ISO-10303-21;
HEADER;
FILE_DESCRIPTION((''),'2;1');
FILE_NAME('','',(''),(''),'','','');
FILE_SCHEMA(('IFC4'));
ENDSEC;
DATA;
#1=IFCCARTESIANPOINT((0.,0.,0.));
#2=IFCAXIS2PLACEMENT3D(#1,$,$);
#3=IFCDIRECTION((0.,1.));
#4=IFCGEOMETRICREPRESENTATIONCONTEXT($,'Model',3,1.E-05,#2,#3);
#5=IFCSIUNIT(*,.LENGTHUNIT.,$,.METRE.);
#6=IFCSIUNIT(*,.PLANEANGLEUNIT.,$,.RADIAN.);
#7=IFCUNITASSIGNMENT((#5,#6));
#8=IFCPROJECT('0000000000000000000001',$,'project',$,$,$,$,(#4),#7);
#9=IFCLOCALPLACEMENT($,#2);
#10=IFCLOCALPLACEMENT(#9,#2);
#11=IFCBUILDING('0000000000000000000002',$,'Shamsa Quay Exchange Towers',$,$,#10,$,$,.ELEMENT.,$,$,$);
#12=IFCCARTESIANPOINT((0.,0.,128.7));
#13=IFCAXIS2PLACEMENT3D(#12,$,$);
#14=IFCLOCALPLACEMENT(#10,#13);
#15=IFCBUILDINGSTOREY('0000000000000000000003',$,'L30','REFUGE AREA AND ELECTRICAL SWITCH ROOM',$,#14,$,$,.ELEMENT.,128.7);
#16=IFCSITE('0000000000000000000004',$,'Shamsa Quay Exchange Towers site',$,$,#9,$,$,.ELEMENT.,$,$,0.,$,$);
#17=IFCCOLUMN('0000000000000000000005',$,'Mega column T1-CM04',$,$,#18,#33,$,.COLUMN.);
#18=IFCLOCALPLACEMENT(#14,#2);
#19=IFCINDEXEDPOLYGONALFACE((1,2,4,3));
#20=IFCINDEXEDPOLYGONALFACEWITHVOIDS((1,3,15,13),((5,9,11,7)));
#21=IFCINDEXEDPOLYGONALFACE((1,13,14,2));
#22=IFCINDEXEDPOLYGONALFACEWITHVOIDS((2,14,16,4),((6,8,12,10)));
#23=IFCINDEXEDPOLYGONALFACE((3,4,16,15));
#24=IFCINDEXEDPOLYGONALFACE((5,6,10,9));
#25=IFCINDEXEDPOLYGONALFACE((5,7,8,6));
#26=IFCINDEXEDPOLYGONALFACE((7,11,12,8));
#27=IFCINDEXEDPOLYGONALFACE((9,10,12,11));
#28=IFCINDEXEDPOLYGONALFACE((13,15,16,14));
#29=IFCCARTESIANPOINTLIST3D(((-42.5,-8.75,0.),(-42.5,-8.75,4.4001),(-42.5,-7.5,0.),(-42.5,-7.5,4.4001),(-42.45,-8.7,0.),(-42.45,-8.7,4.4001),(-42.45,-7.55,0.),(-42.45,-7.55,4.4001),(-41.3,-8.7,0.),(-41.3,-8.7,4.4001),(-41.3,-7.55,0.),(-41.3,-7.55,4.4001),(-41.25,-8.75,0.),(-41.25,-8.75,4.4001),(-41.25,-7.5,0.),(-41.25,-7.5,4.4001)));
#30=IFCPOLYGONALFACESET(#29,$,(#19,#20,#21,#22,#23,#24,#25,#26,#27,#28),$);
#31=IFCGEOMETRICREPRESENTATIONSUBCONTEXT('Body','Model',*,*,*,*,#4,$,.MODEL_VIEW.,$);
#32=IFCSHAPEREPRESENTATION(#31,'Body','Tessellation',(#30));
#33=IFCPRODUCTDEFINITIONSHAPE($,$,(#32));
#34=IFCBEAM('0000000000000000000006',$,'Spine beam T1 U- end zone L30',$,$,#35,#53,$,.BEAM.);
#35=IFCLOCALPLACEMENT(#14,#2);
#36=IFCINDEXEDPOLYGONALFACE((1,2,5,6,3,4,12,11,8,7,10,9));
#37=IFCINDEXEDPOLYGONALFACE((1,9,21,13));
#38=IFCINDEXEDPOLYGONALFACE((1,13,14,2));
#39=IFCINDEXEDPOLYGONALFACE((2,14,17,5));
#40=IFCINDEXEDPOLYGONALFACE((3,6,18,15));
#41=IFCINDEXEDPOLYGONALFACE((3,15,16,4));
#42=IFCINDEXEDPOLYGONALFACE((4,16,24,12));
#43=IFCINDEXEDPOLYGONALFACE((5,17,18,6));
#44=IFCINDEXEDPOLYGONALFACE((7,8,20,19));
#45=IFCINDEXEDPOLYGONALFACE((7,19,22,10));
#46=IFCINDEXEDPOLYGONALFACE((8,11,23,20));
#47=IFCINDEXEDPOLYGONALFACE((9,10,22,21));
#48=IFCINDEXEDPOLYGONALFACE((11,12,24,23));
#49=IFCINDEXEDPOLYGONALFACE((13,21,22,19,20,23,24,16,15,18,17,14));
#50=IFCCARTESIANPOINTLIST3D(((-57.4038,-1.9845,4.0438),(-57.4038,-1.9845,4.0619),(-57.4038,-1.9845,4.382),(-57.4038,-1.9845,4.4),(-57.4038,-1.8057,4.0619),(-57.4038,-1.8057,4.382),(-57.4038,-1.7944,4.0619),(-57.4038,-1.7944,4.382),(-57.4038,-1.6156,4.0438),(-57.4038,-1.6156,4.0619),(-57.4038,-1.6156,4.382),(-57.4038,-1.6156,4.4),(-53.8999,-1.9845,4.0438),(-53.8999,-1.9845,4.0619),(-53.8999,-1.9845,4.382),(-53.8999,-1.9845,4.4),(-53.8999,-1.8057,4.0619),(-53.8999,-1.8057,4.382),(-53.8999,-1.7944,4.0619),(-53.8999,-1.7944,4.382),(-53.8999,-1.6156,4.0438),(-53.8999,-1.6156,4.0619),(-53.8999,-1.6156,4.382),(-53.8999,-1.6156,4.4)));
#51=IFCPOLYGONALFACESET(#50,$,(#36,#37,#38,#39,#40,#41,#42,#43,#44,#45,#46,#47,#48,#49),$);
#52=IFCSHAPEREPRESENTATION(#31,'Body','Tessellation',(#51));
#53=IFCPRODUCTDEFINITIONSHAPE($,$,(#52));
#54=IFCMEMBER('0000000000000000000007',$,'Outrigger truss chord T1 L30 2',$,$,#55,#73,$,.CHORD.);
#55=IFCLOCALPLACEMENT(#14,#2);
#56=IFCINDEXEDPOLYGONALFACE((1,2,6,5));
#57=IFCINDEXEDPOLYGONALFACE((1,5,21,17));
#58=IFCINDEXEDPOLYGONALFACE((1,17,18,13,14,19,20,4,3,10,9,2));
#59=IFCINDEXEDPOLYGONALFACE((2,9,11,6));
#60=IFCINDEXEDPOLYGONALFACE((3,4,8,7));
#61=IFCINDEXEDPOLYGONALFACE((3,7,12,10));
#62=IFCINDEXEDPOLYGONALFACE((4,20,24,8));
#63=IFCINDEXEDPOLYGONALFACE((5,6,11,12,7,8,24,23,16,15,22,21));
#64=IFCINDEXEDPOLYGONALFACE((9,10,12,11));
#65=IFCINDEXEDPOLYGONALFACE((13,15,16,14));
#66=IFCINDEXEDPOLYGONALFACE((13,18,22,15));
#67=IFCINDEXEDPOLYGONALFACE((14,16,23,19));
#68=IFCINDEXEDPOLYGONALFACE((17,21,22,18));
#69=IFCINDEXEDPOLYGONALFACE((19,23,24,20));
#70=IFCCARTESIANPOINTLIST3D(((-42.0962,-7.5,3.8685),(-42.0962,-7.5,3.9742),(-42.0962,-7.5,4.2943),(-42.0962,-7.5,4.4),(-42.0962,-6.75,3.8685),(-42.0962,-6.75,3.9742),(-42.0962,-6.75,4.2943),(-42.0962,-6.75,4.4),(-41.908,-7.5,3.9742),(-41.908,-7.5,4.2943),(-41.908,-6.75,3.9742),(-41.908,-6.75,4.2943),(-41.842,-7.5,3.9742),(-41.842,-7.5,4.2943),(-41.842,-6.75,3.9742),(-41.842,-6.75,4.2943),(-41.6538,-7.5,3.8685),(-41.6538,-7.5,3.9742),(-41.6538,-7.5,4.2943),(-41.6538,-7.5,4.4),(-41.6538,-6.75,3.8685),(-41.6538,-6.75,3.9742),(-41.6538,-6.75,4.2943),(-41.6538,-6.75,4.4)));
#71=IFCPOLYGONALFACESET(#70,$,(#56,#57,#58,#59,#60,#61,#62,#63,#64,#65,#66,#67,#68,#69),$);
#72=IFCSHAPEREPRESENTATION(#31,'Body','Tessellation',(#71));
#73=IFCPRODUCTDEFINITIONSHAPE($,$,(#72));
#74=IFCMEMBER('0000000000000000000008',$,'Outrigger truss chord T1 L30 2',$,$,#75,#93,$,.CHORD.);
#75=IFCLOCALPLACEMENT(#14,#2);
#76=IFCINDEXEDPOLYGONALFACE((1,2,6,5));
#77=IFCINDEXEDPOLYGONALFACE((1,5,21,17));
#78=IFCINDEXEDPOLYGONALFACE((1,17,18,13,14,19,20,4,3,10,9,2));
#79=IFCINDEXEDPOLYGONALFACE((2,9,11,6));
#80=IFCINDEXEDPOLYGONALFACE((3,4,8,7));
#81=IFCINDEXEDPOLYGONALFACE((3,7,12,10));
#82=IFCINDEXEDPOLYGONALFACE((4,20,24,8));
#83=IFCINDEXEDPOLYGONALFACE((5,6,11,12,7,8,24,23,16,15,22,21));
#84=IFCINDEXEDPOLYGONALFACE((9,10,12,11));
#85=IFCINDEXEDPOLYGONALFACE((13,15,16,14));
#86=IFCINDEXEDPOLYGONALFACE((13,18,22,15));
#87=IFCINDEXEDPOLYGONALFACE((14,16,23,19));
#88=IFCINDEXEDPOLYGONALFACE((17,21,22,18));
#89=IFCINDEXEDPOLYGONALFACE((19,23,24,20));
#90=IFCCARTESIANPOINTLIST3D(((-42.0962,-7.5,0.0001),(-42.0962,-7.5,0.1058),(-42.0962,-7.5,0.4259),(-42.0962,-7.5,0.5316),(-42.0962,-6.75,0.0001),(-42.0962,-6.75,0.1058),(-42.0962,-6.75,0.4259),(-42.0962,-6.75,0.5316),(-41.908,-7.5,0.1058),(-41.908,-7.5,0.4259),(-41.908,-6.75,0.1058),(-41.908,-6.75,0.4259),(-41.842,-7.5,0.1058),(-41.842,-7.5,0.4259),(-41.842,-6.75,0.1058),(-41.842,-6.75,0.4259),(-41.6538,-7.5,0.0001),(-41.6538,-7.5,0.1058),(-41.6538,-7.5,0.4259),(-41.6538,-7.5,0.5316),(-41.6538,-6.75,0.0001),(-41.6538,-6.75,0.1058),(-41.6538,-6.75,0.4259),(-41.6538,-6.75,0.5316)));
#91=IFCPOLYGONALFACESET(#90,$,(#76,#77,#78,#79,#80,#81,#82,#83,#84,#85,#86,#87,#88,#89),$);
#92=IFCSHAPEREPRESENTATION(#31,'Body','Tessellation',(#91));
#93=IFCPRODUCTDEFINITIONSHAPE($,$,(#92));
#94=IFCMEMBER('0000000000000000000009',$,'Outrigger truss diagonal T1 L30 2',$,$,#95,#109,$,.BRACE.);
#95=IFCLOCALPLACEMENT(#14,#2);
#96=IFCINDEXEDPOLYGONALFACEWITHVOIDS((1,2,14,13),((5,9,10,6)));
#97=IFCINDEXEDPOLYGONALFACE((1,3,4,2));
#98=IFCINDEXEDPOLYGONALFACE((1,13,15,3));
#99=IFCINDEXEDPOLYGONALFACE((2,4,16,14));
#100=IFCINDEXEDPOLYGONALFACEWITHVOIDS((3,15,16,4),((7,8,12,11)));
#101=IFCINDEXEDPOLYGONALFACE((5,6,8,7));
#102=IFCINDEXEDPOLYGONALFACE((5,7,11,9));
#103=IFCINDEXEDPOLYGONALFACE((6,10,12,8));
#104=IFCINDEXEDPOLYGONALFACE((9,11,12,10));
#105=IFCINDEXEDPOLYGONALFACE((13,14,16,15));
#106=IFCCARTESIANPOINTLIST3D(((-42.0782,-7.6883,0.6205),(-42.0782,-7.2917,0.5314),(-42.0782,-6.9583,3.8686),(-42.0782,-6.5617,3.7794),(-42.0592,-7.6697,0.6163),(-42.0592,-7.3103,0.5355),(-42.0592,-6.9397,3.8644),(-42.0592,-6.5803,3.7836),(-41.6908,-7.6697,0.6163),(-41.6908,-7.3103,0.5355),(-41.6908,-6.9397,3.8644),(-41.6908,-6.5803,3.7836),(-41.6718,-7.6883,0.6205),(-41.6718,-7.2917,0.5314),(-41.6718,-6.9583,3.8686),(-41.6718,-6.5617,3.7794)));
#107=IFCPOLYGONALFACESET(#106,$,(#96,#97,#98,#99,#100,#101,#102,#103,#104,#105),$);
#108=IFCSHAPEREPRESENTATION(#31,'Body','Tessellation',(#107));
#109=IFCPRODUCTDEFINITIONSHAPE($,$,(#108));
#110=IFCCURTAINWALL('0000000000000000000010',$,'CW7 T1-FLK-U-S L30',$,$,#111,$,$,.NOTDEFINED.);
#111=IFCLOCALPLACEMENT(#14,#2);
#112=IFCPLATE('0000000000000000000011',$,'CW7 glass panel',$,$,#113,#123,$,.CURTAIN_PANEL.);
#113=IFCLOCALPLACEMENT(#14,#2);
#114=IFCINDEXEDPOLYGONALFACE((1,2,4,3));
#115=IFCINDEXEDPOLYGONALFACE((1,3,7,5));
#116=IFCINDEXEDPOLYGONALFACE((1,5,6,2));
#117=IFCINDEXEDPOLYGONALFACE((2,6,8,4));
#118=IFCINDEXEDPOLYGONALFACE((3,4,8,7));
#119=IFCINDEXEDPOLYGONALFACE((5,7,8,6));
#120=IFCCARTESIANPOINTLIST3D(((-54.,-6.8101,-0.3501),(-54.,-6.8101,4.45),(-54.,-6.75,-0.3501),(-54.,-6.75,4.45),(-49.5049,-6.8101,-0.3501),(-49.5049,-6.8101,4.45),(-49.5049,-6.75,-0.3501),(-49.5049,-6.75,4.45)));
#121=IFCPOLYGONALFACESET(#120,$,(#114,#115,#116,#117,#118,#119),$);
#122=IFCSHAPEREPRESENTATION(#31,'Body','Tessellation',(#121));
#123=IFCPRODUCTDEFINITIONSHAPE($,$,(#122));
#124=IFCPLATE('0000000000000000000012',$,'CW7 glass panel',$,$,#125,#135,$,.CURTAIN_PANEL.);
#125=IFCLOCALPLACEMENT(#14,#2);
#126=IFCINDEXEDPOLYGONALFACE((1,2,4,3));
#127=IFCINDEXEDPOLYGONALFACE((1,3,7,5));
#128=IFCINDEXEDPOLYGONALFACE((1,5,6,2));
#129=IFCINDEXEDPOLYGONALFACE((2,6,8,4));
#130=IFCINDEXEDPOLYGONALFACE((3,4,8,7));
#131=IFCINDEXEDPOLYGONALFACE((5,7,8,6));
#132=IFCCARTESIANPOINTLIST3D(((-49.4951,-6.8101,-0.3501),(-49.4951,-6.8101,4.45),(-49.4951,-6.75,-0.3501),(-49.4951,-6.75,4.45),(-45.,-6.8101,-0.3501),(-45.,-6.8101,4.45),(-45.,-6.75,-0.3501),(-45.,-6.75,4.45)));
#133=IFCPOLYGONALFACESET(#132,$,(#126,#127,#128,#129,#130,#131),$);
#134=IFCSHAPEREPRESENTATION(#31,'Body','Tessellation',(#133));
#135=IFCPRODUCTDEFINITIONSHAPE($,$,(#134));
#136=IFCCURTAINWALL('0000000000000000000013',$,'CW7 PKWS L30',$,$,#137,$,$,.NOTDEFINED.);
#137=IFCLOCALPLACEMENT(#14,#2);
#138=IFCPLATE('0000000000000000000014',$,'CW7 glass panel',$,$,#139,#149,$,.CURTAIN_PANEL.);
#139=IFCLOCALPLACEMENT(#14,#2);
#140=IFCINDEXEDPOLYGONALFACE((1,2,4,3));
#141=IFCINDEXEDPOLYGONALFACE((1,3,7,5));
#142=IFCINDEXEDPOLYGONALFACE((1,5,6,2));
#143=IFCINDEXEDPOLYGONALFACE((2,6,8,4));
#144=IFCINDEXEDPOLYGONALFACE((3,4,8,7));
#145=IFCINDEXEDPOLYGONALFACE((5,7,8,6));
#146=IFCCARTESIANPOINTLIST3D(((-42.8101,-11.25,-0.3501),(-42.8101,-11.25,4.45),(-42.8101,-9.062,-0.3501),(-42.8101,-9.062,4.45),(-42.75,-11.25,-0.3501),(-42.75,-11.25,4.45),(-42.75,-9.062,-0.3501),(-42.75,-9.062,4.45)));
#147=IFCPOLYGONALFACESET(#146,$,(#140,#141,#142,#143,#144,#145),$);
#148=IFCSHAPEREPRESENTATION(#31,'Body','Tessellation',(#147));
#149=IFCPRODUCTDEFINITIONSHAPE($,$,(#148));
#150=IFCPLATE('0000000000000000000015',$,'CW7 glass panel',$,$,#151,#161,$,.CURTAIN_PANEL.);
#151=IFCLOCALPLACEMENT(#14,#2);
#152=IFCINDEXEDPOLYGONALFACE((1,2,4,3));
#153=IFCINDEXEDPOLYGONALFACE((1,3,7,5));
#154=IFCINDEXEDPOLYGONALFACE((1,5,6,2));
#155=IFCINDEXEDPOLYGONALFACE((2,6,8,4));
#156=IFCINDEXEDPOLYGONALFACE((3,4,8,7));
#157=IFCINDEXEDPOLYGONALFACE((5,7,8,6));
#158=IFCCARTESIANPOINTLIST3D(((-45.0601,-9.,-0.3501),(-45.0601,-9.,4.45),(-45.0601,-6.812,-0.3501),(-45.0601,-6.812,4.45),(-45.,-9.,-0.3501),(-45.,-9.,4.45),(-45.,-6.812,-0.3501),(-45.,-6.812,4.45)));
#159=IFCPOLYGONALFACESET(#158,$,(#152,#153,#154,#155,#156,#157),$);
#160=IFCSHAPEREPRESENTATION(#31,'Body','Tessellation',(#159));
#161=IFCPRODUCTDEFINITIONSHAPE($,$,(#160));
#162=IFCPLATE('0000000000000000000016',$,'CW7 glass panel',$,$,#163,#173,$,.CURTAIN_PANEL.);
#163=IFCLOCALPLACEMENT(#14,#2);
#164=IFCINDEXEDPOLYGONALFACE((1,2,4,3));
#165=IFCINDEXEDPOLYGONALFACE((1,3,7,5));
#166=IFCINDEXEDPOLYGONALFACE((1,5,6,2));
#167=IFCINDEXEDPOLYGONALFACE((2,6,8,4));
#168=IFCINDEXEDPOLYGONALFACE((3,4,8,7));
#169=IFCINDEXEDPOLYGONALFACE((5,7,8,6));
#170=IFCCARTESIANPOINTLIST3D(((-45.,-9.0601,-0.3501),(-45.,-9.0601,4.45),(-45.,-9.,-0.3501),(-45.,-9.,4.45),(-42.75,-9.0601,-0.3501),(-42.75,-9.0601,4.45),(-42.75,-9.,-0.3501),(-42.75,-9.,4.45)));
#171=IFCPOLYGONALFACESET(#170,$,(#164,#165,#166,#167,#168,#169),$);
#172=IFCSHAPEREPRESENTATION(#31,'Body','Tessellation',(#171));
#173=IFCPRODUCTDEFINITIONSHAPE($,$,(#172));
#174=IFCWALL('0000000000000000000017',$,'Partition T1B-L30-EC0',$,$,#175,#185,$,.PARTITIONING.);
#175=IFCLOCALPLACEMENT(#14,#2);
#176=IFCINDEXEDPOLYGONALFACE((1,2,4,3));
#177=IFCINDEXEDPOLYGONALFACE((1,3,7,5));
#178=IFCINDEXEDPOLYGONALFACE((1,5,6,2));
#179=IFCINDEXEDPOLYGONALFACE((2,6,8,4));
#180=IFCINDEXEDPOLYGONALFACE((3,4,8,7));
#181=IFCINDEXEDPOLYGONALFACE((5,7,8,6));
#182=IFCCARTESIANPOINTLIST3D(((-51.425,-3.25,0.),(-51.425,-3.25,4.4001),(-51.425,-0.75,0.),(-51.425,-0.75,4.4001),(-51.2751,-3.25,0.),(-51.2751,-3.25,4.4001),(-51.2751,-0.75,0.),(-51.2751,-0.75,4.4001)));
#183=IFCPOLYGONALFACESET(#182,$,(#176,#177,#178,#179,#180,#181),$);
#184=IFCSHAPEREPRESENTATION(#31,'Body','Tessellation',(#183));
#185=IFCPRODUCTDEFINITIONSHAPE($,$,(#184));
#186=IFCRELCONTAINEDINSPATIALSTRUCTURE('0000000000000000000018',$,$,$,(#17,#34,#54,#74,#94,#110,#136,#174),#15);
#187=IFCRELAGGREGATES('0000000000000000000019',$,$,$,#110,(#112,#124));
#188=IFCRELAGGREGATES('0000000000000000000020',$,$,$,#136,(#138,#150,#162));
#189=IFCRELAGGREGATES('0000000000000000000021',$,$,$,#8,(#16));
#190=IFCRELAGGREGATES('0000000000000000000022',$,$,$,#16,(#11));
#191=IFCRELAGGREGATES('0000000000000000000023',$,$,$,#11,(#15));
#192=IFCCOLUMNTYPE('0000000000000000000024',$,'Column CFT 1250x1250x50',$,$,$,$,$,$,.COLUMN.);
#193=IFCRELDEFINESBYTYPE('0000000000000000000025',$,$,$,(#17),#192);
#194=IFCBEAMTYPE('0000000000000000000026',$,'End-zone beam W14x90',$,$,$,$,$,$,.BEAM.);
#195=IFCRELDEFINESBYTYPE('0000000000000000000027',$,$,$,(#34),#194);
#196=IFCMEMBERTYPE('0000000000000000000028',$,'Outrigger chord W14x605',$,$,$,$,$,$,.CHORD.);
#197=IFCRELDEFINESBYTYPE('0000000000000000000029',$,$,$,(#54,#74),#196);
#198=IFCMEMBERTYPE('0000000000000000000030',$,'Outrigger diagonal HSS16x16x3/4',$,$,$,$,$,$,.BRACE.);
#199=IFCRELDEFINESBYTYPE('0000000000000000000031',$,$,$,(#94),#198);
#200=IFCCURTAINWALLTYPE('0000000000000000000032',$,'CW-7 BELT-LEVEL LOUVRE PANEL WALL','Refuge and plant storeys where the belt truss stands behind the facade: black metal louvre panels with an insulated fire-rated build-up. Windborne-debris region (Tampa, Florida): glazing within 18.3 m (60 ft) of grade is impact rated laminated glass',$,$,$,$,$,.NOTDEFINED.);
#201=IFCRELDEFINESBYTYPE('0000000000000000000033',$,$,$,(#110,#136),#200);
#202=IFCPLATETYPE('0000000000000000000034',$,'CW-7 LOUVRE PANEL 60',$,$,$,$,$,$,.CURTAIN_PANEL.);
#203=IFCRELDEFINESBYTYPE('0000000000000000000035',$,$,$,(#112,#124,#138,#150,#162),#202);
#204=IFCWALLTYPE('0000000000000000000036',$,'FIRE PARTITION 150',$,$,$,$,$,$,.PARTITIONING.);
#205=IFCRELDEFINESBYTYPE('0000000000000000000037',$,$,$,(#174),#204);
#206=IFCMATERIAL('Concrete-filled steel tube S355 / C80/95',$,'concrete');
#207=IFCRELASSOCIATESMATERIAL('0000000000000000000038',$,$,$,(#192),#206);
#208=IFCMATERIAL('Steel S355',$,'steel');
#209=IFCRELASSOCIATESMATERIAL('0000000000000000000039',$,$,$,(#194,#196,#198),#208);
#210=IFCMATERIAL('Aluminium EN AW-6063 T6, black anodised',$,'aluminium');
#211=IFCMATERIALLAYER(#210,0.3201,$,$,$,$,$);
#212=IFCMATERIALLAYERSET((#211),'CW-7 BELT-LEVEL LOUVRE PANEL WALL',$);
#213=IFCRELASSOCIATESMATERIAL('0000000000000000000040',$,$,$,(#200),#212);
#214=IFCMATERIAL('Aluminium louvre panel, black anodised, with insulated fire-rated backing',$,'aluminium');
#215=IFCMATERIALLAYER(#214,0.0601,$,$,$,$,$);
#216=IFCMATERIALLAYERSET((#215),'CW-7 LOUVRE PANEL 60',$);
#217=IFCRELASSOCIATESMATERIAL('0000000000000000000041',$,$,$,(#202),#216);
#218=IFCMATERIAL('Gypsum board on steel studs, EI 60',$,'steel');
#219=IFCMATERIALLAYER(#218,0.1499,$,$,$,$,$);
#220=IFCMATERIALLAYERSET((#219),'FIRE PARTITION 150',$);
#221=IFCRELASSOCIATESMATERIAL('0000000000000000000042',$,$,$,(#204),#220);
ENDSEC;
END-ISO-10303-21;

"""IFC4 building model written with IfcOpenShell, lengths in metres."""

from ifc_helpers import new_model, si_unit, direction, frame, frame_2d, origin, origin_2d, place, context, subcontext, project, spatial, rectangle, hollow_rectangle, i_section, extrude, material, layer, layer_set, material_profile, profile_set, type_object, element, aggregate, save


model = new_model("IFC4")

# Units and contexts
model_context = context("Model", 3, precision=1e-05, world=origin(), true_north=direction((0.0, 1.0)))
body_context = subcontext(model_context, "Body", "Model", "MODEL_VIEW")
ifc_project = project(units=[si_unit("LENGTHUNIT", "METRE"), si_unit("PLANEANGLEUNIT", "RADIAN")], contexts=[model_context])

# Site, building, storey
site_placement = place(None, origin())
site = spatial("IfcSite", under=ifc_project, at=site_placement, Name="Shamsa Quay Exchange Towers site", CompositionType="ELEMENT", RefElevation=0.0)
building_placement = place(site_placement, origin())
building = spatial("IfcBuilding", under=site, at=building_placement, Name="Shamsa Quay Exchange Towers", CompositionType="ELEMENT")
storey_placement = place(building_placement, frame((0.0, 0.0, 128.7)))
storey = spatial("IfcBuildingStorey", under=building, at=storey_placement, Name="L30", Description="REFUGE AREA AND ELECTRICAL SWITCH ROOM", CompositionType="ELEMENT", Elevation=128.7)

# Column
ifc_material_1 = material(Name="Concrete-filled steel tube S355 / C80/95", Category="concrete")
ifc_material_profile_1 = material_profile(ifc_material_1, hollow_rectangle(XDim=1.25, YDim=1.25, WallThickness=0.05, at=origin_2d()), Name="CFT 1250x1250x50")
ifc_profile_set_1 = profile_set([ifc_material_profile_1], Name="Concrete-filled steel tube S355 / C80/95")
column_type = type_object("IfcColumnType", Name="Column CFT 1250x1250x50", PredefinedType="COLUMN", material=ifc_profile_set_1)
column_placement = place(storey_placement, frame((-41.875, -8.125, 0.0)))
element("IfcColumn", 1, at=column_placement, inside=storey, type_object=column_type, Name="Mega column T1-CM04", PredefinedType="COLUMN", context=body_context, shape_type="SweptSolid", body=[
    extrude(hollow_rectangle(XDim=1.25, YDim=1.25, WallThickness=0.05, at=origin_2d()), origin(), (0.0, 0.0, 1.0), 4.4001),
])

# Beam
ifc_material_2 = material(Name="Steel S355", Category="steel")
ifc_material_profile_2 = material_profile(ifc_material_2, i_section(OverallWidth=0.3689, OverallDepth=0.3562, WebThickness=0.0112, FlangeThickness=0.0181, at=origin_2d()), Name="W14x90")
ifc_profile_set_2 = profile_set([ifc_material_profile_2], Name="Steel S355")
beam_type = type_object("IfcBeamType", Name="End-zone beam W14x90", PredefinedType="BEAM", material=ifc_profile_set_2)
beam_placement = place(storey_placement, frame((-53.8999, -1.8, 4.2219), z_axis=(-1.0, 0.0, 0.0), x_axis=(0.0, -1.0, 0.0)))
element("IfcBeam", 2, at=beam_placement, inside=storey, type_object=beam_type, Name="Spine beam T1 U- end zone L30", PredefinedType="BEAM", context=body_context, shape_type="SweptSolid", body=[
    extrude(i_section(OverallWidth=0.3689, OverallDepth=0.3562, WebThickness=0.0112, FlangeThickness=0.0181, at=origin_2d()), origin(), (0.0, 0.0, 1.0), 3.5039),
])

# Members
ifc_material_profile_3 = material_profile(ifc_material_2, i_section(OverallWidth=0.4424, OverallDepth=0.5315, WebThickness=0.0659, FlangeThickness=0.1057, at=origin_2d()), Name="W14x605")
ifc_profile_set_3 = profile_set([ifc_material_profile_3], Name="Steel S355")
member_type_1 = type_object("IfcMemberType", Name="Outrigger chord W14x605", PredefinedType="CHORD", material=ifc_profile_set_3)
for number, where, z_axis, x_axis, name in (
    (3, (-41.875, -7.5, 4.1343), (0.0, 1.0, 0.0), (-1.0, 0.0, 0.0), "Outrigger truss chord T1 L30 2"),
    (4, (-41.875, -7.5, 0.2659), (0.0, 1.0, 0.0), (-1.0, 0.0, 0.0), "Outrigger truss chord T1 L30 2"),
):
    element("IfcMember", number, at=place(storey_placement, frame(where, z_axis=z_axis, x_axis=x_axis)), inside=storey, type_object=member_type_1, Name=name, PredefinedType="CHORD", context=body_context, shape_type="SweptSolid", body=[
        extrude(i_section(OverallWidth=0.4424, OverallDepth=0.5315, WebThickness=0.0659, FlangeThickness=0.1057, at=origin_2d()), origin(), (0.0, 0.0, 1.0), 0.75),
    ])
ifc_material_profile_4 = material_profile(ifc_material_2, hollow_rectangle(XDim=0.4065, YDim=0.4065, WallThickness=0.019, at=origin_2d()), Name="HSS16x16x3/4")
ifc_profile_set_4 = profile_set([ifc_material_profile_4], Name="Steel S355")
member_type_2 = type_object("IfcMemberType", Name="Outrigger diagonal HSS16x16x3/4", PredefinedType="BRACE", material=ifc_profile_set_4)
member_placement = place(storey_placement, frame((-41.875, -7.49, 0.5759), z_axis=(0.0, 0.219275, 0.975663), x_axis=(-1.0, 0.0, 0.0)))
element("IfcMember", 5, at=member_placement, inside=storey, type_object=member_type_2, Name="Outrigger truss diagonal T1 L30 2", PredefinedType="BRACE", context=body_context, shape_type="SweptSolid", body=[
    extrude(hollow_rectangle(XDim=0.4065, YDim=0.4065, WallThickness=0.019, at=origin_2d()), origin(), (0.0, 0.0, 1.0), 3.3291),
])

# Curtain walls, plates
ifc_material_3 = material(Name="Aluminium EN AW-6063 T6, black anodised", Category="aluminium")
ifc_layer_1 = layer(ifc_material_3, 0.3201)
ifc_layer_set_1 = layer_set([ifc_layer_1], Name="CW-7 BELT-LEVEL LOUVRE PANEL WALL")
curtain_wall_type = type_object("IfcCurtainWallType", Name="CW-7 BELT-LEVEL LOUVRE PANEL WALL", Description="Refuge and plant storeys where the belt truss stands behind the facade: black metal louvre panels with an insulated fire-rated build-up. Windborne-debris region (Tampa, Florida): glazing within 18.3 m (60 ft) of grade is impact rated laminated glass", PredefinedType="NOTDEFINED", material=ifc_layer_set_1)
curtain_wall_1_placement = place(storey_placement, origin())
curtain_wall_1 = element("IfcCurtainWall", 6, at=curtain_wall_1_placement, inside=storey, type_object=curtain_wall_type, Name="CW7 T1-FLK-U-S L30", PredefinedType="NOTDEFINED")
ifc_material_4 = material(Name="Aluminium louvre panel, black anodised, with insulated fire-rated backing", Category="aluminium")
ifc_layer_2 = layer(ifc_material_4, 0.0601)
ifc_layer_set_2 = layer_set([ifc_layer_2], Name="CW-7 LOUVRE PANEL 60")
plate_type = type_object("IfcPlateType", Name="CW-7 LOUVRE PANEL 60", PredefinedType="CURTAIN_PANEL", material=ifc_layer_set_2)
plate_1_placement = place(storey_placement, frame((-51.7524, -6.78, -0.3501)))
plate_1 = element("IfcPlate", 7, at=plate_1_placement, type_object=plate_type, Name="CW7 glass panel", PredefinedType="CURTAIN_PANEL", context=body_context, shape_type="SweptSolid", body=[
    extrude(rectangle(XDim=4.4951, YDim=0.0601, at=origin_2d()), origin(), (0.0, 0.0, 1.0), 4.8),
])
plate_2_placement = place(storey_placement, frame((-47.2476, -6.78, -0.3501)))
plate_2 = element("IfcPlate", 8, at=plate_2_placement, type_object=plate_type, Name="CW7 glass panel", PredefinedType="CURTAIN_PANEL", context=body_context, shape_type="SweptSolid", body=[
    extrude(rectangle(XDim=4.4951, YDim=0.0601, at=origin_2d()), origin(), (0.0, 0.0, 1.0), 4.8),
])
aggregate(curtain_wall_1, [plate_1, plate_2])
curtain_wall_2_placement = place(storey_placement, origin())
curtain_wall_2 = element("IfcCurtainWall", 9, at=curtain_wall_2_placement, inside=storey, type_object=curtain_wall_type, Name="CW7 PKWS L30", PredefinedType="NOTDEFINED")
plate_3_placement = place(storey_placement, frame((-42.78, -10.156, -0.3501), z_axis=(0.0, 0.0, 1.0), x_axis=(0.0, -1.0, 0.0)))
plate_3 = element("IfcPlate", 10, at=plate_3_placement, type_object=plate_type, Name="CW7 glass panel", PredefinedType="CURTAIN_PANEL", context=body_context, shape_type="SweptSolid", body=[
    extrude(rectangle(XDim=2.188, YDim=0.0601, at=origin_2d()), origin(), (0.0, 0.0, 1.0), 4.8),
])
plate_4_placement = place(storey_placement, frame((-45.03, -7.906, -0.3501), z_axis=(0.0, 0.0, 1.0), x_axis=(0.0, -1.0, 0.0)))
plate_4 = element("IfcPlate", 11, at=plate_4_placement, type_object=plate_type, Name="CW7 glass panel", PredefinedType="CURTAIN_PANEL", context=body_context, shape_type="SweptSolid", body=[
    extrude(rectangle(XDim=2.188, YDim=0.0601, at=origin_2d()), origin(), (0.0, 0.0, 1.0), 4.8),
])
plate_5_placement = place(storey_placement, frame((-43.875, -9.03, -0.3501)))
plate_5 = element("IfcPlate", 12, at=plate_5_placement, type_object=plate_type, Name="CW7 glass panel", PredefinedType="CURTAIN_PANEL", context=body_context, shape_type="SweptSolid", body=[
    extrude(rectangle(XDim=2.25, YDim=0.0601, at=origin_2d()), origin(), (0.0, 0.0, 1.0), 4.8),
])
aggregate(curtain_wall_2, [plate_3, plate_4, plate_5])

# Wall
ifc_material_5 = material(Name="Gypsum board on steel studs, EI 60", Category="steel")
ifc_layer_3 = layer(ifc_material_5, 0.1499)
ifc_layer_set_3 = layer_set([ifc_layer_3], Name="FIRE PARTITION 150")
wall_type_1 = type_object("IfcWallType", Name="FIRE PARTITION 150", PredefinedType="PARTITIONING", material=ifc_layer_set_3)
wall_1_placement = place(storey_placement, frame((-51.3501, -3.25, 0.0), z_axis=(0.0, 0.0, 1.0), x_axis=(0.0, 1.0, 0.0)))
element("IfcWall", 13, at=wall_1_placement, inside=storey, type_object=wall_type_1, Name="Partition T1B-L30-EC0", PredefinedType="PARTITIONING", context=body_context, shape_type="SweptSolid", body=[
    extrude(rectangle(XDim=2.5, YDim=0.1499, at=frame_2d((1.25, 0.0))), origin(), (0.0, 0.0, 1.0), 4.4001),
])

save(model, "model.ifc")
